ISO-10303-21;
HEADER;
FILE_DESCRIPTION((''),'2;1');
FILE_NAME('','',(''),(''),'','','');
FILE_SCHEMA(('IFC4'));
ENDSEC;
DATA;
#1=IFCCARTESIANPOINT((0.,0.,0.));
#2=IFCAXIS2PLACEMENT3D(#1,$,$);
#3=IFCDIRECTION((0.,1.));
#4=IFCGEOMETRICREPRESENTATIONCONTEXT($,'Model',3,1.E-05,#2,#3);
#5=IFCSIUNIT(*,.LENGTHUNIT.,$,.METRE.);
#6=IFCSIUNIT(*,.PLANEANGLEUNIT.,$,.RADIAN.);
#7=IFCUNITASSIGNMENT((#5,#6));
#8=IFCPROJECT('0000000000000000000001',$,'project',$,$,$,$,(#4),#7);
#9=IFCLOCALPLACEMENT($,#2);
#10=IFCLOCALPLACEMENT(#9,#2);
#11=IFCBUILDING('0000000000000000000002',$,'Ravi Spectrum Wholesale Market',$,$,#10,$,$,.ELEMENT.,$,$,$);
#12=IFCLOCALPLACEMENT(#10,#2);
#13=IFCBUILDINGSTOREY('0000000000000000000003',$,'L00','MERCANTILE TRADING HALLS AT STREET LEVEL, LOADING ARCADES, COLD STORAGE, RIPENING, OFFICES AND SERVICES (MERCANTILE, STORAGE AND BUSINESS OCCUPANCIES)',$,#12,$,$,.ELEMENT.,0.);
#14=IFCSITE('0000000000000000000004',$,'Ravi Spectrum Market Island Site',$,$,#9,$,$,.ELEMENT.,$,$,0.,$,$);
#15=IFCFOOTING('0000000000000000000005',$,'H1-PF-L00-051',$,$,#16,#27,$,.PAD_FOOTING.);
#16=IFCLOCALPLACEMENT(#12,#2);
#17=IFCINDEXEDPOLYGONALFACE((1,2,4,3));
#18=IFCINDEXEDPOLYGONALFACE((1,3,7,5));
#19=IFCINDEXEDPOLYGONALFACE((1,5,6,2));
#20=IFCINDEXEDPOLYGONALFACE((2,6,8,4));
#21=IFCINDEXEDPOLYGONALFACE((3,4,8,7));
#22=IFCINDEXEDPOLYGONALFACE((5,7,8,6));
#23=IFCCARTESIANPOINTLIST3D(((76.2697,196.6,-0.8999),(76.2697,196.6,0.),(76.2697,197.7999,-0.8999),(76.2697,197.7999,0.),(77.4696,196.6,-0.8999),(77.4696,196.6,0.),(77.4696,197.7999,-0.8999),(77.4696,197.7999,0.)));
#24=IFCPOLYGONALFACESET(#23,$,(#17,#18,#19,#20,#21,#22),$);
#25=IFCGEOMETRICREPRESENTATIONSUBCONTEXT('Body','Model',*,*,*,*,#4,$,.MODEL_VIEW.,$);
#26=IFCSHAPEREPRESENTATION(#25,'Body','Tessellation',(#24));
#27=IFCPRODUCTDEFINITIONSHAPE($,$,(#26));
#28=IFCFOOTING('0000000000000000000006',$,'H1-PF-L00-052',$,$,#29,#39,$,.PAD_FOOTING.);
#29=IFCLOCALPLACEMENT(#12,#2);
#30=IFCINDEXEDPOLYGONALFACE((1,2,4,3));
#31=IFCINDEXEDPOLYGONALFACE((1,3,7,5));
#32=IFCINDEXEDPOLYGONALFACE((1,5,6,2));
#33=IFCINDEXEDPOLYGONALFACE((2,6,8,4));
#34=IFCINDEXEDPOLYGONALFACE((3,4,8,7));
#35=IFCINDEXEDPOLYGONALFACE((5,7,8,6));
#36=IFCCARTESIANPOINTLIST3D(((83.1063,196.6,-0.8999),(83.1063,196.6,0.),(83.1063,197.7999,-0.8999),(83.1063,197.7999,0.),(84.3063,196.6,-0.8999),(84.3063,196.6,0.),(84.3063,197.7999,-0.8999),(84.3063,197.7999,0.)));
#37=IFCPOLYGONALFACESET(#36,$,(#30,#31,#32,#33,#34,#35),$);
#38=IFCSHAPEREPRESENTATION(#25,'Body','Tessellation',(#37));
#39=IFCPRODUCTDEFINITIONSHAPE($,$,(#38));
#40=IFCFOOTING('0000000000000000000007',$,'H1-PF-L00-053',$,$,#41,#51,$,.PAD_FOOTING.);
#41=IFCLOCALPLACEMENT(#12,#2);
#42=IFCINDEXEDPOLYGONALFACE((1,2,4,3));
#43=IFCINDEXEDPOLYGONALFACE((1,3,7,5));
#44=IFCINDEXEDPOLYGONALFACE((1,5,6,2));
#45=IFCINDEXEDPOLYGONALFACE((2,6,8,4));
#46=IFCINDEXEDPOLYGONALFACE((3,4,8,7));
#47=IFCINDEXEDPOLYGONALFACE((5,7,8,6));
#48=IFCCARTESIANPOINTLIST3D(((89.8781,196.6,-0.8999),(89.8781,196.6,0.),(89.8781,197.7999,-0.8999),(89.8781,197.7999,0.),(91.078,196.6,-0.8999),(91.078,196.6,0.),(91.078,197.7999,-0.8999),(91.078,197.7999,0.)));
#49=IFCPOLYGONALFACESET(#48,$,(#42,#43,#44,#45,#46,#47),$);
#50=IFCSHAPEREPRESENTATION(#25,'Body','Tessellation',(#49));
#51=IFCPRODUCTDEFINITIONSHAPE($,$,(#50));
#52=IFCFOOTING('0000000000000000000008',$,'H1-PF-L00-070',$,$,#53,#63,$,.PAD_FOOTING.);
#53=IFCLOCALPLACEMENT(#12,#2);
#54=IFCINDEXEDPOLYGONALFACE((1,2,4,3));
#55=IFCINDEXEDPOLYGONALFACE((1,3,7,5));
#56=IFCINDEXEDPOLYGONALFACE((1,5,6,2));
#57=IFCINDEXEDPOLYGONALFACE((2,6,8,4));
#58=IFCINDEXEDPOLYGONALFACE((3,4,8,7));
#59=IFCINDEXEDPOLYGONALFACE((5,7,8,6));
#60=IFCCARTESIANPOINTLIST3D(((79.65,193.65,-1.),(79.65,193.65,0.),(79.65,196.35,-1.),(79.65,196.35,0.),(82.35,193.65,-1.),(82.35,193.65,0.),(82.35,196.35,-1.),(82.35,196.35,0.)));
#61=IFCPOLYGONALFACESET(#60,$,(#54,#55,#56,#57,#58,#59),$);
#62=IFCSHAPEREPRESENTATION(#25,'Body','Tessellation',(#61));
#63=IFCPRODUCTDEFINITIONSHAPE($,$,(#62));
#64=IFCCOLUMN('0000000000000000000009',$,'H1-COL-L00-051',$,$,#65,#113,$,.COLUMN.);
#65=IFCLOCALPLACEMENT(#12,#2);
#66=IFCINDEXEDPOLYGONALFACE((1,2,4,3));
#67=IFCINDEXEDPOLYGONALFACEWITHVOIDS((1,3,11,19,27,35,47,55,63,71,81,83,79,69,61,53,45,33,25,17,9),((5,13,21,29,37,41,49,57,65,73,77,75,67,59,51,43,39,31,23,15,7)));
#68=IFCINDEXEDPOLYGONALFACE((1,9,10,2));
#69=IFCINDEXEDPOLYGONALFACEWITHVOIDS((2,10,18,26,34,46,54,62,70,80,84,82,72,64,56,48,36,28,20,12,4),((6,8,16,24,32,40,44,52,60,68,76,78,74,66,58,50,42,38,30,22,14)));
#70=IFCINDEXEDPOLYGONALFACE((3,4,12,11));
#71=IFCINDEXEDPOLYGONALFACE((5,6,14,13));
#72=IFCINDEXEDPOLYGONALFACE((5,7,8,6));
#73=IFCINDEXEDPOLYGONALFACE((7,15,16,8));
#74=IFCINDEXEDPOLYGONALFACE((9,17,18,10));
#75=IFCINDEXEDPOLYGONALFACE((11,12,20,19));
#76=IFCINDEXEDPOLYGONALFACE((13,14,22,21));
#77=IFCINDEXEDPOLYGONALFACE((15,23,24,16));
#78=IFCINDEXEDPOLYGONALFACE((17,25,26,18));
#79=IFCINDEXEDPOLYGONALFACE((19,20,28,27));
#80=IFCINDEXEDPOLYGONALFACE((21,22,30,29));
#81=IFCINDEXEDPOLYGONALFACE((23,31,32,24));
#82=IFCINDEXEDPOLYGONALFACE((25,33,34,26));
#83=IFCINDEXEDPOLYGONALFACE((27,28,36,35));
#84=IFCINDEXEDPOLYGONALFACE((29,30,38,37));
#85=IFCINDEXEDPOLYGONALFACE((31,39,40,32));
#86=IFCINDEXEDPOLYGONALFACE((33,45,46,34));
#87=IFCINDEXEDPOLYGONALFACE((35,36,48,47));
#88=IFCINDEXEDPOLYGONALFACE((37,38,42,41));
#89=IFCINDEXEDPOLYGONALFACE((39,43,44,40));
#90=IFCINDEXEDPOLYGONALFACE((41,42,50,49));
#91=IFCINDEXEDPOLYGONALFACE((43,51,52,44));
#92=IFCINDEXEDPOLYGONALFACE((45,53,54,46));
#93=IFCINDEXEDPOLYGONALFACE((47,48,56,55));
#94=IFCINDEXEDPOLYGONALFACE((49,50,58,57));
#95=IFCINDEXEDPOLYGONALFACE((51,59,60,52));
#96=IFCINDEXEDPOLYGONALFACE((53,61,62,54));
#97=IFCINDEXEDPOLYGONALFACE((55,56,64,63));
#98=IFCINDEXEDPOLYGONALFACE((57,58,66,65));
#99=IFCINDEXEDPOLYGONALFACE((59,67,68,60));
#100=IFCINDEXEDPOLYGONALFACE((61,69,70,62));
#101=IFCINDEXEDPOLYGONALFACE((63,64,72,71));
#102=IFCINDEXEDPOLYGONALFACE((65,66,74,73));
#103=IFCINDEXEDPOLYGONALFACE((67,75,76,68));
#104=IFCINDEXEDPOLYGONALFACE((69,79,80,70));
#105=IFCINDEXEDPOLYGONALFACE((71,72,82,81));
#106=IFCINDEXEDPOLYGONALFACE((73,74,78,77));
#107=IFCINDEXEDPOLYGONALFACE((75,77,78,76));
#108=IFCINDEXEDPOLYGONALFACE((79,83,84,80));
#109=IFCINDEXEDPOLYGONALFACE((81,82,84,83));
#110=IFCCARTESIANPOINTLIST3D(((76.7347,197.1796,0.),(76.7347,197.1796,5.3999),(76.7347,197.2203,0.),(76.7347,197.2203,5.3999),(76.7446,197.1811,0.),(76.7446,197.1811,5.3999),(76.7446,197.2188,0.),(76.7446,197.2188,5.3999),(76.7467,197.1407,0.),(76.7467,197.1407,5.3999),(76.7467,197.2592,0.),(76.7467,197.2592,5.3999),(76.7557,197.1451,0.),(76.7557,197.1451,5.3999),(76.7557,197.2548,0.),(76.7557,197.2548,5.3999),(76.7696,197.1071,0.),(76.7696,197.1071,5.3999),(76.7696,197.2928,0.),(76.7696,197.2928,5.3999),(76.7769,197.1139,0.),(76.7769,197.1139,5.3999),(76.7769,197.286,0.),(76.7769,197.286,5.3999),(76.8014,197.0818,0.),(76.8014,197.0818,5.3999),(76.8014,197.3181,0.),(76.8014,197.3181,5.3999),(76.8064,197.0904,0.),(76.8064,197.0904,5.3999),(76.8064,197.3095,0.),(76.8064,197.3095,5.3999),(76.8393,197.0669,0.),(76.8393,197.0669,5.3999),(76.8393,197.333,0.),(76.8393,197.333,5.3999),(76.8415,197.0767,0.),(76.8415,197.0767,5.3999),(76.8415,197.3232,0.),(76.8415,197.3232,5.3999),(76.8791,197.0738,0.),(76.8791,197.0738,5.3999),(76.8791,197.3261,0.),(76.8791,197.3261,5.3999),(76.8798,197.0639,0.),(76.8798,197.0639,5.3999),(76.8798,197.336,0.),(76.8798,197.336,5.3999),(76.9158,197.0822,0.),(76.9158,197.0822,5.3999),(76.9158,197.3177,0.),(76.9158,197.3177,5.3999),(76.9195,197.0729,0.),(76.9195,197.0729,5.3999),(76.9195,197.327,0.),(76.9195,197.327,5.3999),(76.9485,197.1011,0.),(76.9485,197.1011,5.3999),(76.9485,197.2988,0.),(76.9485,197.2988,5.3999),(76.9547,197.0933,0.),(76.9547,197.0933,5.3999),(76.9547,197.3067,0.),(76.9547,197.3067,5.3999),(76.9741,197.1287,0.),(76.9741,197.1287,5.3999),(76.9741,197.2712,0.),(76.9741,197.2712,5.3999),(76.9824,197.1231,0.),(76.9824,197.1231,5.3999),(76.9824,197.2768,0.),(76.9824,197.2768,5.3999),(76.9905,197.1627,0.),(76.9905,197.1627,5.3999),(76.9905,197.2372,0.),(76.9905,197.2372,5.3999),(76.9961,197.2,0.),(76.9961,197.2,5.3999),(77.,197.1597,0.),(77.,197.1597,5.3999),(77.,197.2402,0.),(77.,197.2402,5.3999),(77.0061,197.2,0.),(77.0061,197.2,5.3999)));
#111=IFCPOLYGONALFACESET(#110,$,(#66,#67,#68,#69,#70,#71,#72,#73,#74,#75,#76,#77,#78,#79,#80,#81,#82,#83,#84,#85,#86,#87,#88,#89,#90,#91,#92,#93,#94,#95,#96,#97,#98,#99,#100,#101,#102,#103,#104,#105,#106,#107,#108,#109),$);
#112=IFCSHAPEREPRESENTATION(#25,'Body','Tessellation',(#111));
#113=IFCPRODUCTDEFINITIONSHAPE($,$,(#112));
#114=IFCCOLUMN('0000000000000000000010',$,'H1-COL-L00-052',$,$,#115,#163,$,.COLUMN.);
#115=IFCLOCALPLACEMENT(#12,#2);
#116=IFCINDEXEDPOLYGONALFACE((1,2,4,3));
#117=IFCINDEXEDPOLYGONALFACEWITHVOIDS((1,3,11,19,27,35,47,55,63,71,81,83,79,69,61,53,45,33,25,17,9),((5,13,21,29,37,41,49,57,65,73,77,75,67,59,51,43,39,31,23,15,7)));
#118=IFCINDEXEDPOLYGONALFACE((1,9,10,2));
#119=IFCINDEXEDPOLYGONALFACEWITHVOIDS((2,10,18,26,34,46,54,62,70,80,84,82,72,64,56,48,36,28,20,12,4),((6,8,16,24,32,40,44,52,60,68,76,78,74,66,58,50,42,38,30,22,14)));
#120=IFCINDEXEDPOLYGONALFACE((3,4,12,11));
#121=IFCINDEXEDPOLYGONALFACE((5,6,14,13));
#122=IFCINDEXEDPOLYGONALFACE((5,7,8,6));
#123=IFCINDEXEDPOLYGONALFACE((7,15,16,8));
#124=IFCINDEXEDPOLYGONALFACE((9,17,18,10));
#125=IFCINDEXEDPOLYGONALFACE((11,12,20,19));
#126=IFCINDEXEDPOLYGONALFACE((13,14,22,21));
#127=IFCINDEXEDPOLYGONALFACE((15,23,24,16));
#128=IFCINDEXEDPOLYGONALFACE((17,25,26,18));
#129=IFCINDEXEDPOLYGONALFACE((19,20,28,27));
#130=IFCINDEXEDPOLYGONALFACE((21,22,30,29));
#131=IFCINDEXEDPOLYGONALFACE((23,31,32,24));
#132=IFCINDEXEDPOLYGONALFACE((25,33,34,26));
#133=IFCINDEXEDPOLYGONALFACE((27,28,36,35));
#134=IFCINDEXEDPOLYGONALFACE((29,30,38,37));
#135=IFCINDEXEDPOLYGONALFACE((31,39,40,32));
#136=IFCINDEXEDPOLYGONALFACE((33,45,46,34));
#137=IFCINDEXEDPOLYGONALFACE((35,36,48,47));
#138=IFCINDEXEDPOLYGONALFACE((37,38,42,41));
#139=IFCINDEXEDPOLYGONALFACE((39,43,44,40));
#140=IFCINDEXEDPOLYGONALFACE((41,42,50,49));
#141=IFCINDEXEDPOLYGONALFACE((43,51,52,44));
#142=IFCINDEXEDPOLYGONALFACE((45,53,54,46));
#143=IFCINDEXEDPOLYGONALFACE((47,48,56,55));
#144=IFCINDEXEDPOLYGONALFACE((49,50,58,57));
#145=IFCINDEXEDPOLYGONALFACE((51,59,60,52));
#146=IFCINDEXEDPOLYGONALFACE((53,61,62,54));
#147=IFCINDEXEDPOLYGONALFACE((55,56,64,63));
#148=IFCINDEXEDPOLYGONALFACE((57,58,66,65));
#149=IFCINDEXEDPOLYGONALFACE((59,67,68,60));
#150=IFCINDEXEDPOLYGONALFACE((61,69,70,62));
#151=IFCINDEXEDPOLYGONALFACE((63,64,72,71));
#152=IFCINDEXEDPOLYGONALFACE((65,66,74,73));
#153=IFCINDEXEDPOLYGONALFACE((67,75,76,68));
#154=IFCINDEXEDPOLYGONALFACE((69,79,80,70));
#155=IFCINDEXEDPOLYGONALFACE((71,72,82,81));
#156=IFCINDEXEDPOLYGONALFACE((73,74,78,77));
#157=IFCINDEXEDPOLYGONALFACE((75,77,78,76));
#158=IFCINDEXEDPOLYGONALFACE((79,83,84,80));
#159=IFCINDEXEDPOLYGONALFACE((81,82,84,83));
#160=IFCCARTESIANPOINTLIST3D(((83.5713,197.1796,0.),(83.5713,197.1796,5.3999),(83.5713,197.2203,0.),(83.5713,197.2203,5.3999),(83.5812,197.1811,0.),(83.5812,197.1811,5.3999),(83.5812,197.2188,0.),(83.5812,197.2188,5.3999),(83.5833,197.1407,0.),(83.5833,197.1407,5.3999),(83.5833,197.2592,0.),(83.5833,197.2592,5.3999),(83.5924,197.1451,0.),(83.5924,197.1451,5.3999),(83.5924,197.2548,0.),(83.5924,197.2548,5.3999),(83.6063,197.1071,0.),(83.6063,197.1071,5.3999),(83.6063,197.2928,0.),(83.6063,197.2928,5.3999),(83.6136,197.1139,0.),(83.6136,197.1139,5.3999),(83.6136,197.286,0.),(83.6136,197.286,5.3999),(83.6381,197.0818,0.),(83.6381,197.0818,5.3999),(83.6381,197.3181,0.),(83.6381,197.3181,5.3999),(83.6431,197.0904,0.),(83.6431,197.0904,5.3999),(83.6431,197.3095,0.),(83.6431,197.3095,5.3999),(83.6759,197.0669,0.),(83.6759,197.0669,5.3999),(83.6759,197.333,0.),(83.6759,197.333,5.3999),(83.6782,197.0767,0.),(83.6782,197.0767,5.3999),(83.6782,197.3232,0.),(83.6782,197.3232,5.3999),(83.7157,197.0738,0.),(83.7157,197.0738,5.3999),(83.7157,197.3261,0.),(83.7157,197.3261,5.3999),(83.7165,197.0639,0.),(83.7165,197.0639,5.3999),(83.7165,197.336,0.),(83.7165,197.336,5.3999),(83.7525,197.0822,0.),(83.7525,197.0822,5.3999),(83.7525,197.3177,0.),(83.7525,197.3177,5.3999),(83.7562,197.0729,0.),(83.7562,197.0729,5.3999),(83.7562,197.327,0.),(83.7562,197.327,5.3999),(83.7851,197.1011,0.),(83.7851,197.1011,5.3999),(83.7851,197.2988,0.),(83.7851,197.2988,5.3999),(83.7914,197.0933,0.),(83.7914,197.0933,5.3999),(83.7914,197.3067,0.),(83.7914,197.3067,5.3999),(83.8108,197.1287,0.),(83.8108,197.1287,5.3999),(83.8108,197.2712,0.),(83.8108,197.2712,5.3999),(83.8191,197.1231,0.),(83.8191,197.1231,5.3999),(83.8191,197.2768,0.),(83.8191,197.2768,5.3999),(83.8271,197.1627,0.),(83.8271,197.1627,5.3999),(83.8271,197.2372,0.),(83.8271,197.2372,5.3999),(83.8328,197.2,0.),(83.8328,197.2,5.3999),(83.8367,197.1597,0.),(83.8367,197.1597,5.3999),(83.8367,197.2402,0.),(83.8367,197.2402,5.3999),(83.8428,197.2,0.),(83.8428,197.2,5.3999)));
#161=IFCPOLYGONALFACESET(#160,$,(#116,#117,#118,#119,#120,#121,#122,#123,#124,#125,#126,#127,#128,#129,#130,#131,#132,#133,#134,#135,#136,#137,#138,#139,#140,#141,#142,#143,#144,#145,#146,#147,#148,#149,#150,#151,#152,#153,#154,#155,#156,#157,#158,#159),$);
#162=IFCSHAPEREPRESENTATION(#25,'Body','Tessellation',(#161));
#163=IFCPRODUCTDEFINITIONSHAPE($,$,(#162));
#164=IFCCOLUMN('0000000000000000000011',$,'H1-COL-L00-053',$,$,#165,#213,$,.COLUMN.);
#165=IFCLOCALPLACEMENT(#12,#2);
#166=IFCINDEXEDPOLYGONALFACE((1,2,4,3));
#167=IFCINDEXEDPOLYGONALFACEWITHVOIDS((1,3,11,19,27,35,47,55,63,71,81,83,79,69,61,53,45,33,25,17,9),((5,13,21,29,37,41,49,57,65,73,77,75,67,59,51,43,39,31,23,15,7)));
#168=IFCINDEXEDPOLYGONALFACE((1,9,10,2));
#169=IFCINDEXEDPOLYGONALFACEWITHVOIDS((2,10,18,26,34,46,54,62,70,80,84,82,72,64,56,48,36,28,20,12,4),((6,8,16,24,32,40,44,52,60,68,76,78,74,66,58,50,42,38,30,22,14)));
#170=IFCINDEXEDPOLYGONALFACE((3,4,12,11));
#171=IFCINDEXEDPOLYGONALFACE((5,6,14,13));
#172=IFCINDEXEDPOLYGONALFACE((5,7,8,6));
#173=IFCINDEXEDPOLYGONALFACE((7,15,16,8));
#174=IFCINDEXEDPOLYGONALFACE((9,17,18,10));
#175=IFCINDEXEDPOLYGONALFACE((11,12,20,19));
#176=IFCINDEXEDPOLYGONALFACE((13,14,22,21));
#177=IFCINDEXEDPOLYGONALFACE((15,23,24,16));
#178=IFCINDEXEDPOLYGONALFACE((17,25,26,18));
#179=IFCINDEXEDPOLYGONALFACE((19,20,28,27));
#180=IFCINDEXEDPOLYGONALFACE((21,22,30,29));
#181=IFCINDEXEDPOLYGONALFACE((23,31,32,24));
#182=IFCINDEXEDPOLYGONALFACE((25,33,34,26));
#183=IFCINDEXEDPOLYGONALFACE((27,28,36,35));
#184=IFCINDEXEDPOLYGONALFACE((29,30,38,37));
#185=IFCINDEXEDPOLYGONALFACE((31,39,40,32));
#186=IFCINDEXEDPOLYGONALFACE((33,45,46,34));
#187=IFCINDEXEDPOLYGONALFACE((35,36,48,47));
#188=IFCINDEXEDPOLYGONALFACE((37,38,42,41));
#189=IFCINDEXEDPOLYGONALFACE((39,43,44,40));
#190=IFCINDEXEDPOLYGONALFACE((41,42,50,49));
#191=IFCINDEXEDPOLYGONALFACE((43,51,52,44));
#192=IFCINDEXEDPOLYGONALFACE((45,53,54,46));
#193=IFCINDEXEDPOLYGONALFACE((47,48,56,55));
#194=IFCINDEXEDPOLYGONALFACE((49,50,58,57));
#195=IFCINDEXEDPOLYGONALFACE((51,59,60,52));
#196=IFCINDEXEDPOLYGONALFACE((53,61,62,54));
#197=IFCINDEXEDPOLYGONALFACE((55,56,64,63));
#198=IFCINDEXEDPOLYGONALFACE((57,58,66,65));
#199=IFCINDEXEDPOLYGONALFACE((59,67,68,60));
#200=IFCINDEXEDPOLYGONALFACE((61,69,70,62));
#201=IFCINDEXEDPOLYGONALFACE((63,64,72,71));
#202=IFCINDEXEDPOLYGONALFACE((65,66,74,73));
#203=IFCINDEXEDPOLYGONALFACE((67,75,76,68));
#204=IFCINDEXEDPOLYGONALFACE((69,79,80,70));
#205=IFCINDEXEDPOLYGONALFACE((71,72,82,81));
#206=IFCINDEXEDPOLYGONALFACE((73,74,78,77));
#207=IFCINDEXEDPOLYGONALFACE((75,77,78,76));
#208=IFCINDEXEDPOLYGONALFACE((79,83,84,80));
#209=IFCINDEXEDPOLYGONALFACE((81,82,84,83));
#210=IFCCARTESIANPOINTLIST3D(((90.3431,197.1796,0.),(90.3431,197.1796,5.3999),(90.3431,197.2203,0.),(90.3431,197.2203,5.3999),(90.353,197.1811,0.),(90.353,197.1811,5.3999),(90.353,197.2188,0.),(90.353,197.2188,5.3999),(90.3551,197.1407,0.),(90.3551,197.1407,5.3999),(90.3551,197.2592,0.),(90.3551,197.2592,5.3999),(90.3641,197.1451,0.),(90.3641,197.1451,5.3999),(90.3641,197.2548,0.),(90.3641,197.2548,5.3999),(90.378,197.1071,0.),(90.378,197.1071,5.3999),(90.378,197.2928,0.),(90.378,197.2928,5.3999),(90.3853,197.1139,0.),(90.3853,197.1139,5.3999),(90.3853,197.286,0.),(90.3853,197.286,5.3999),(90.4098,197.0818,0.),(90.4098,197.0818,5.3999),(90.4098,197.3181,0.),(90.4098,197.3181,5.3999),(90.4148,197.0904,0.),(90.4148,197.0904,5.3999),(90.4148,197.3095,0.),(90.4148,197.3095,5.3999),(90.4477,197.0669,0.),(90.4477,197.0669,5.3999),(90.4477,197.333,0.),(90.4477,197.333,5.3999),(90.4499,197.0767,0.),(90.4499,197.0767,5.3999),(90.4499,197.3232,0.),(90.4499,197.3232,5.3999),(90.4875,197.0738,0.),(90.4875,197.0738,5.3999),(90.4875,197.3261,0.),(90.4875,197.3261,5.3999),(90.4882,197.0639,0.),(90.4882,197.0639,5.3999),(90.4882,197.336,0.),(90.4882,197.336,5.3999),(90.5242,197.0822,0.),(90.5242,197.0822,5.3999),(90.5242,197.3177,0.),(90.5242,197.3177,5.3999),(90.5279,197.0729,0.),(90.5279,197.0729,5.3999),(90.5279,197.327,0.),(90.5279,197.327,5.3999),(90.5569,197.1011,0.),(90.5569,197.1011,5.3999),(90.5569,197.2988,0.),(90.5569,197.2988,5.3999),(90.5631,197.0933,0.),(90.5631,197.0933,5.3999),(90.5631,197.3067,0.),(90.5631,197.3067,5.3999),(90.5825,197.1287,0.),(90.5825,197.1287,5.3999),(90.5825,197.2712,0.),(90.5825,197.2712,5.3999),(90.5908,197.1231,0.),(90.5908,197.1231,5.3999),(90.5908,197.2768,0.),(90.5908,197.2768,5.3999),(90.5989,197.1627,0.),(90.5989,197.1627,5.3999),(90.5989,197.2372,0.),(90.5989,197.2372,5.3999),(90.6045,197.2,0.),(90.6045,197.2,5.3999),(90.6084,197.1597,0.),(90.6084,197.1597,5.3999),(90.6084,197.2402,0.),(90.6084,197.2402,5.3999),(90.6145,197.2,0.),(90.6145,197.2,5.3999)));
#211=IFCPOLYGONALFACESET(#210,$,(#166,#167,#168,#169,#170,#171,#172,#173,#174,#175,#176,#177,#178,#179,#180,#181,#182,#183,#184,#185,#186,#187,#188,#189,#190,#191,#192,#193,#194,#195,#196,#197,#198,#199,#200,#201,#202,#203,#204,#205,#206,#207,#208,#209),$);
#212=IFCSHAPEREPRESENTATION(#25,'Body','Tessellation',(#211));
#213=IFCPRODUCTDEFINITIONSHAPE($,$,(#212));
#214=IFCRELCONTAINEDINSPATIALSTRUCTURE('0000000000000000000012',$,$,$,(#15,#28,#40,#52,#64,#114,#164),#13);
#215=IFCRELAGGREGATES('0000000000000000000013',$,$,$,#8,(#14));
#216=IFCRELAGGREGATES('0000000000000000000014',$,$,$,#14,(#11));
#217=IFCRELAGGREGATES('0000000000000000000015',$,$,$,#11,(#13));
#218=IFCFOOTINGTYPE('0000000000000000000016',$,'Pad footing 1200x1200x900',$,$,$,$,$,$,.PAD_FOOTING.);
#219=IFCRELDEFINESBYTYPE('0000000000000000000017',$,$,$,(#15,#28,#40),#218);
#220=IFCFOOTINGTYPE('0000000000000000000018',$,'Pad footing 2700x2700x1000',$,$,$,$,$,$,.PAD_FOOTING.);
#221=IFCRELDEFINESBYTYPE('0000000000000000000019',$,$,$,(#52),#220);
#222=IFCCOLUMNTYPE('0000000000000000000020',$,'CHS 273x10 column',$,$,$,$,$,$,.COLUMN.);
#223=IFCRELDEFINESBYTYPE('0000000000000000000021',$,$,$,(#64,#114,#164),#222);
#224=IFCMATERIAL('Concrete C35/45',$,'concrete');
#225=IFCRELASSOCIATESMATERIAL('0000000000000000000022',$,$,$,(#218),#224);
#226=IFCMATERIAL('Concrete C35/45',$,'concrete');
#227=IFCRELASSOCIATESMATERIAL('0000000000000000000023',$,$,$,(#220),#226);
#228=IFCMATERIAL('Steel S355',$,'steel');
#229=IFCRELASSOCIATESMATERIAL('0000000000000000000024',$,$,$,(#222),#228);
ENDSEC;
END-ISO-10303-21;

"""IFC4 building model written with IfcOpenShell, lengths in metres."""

from ifc_helpers import new_model, si_unit, direction, frame, origin, origin_2d, place, context, subcontext, project, spatial, rectangle, hollow_circle, extrude, material, material_profile, profile_set, type_object, element, save


model = new_model("IFC4")

# Units and contexts
model_context = context("Model", 3, precision=1e-05, world=origin(), true_north=direction((0.0, 1.0)))
body_context = subcontext(model_context, "Body", "Model", "MODEL_VIEW")
ifc_project = project(units=[si_unit("LENGTHUNIT", "METRE"), si_unit("PLANEANGLEUNIT", "RADIAN")], contexts=[model_context])

# Site, building, storey
site_placement = place(None, origin())
site = spatial("IfcSite", under=ifc_project, at=site_placement, Name="Ravi Spectrum Market Island Site", CompositionType="ELEMENT", RefElevation=0.0)
building_placement = place(site_placement, origin())
building = spatial("IfcBuilding", under=site, at=building_placement, Name="Ravi Spectrum Wholesale Market", CompositionType="ELEMENT")
storey_placement = place(building_placement, origin())
storey = spatial("IfcBuildingStorey", under=building, at=storey_placement, Name="L00", Description="MERCANTILE TRADING HALLS AT STREET LEVEL, LOADING ARCADES, COLD STORAGE, RIPENING, OFFICES AND SERVICES (MERCANTILE, STORAGE AND BUSINESS OCCUPANCIES)", CompositionType="ELEMENT", Elevation=0.0)

# Footings
ifc_material_1 = material(Name="Concrete C35/45", Category="concrete")
footing_type_1 = type_object("IfcFootingType", Name="Pad footing 1200x1200x900", PredefinedType="PAD_FOOTING", material=ifc_material_1)
for number, where, z_axis, x_axis, name in (
    (1, (76.8696, 197.2, -0.8999), (0.0, 0.0, 1.0), (1.0, 0.0, 0.0), "H1-PF-L00-051"),
    (2, (83.7063, 197.2, -0.8999), (0.0, 0.0, 1.0), (1.0, 0.0, 0.0), "H1-PF-L00-052"),
    (3, (90.478, 197.2, -0.8999), (0.0, 0.0, 1.0), (1.0, 0.0, 0.0), "H1-PF-L00-053"),
):
    element("IfcFooting", number, at=place(storey_placement, frame(where, z_axis=z_axis, x_axis=x_axis)), inside=storey, type_object=footing_type_1, Name=name, PredefinedType="PAD_FOOTING", context=body_context, shape_type="SweptSolid", body=[
        extrude(rectangle(XDim=1.2, YDim=1.2, at=origin_2d()), origin(), (0.0, 0.0, 1.0), 0.8999),
    ])
ifc_material_2 = material(Name="Concrete C35/45", Category="concrete")
footing_type_2 = type_object("IfcFootingType", Name="Pad footing 2700x2700x1000", PredefinedType="PAD_FOOTING", material=ifc_material_2)
footing_placement = place(storey_placement, frame((81.0, 195.0, -1.0), z_axis=(0.0, 0.0, 1.0), x_axis=(1.0, 0.0, 0.0)))
element("IfcFooting", 4, at=footing_placement, inside=storey, type_object=footing_type_2, Name="H1-PF-L00-070", PredefinedType="PAD_FOOTING", context=body_context, shape_type="SweptSolid", body=[
    extrude(rectangle(XDim=2.7, YDim=2.7, at=origin_2d()), origin(), (0.0, 0.0, 1.0), 1.0),
])

# Columns
ifc_material_3 = material(Name="Steel S355", Category="steel")
ifc_material_profile_1 = material_profile(ifc_material_3, hollow_circle(Radius=0.1365, WallThickness=0.01, at=origin_2d()))
ifc_profile_set_1 = profile_set([ifc_material_profile_1], Name="Steel S355")
column_type_1 = type_object("IfcColumnType", Name="CHS 273x10 column", PredefinedType="COLUMN", material=ifc_profile_set_1)
for number, where, z_axis, x_axis, name in (
    (5, (76.8696, 197.2, 0.0), (0.0, 0.0, 1.0), (1.0, 0.0, 0.0), "H1-COL-L00-051"),
    (6, (83.7063, 197.2, 0.0), (0.0, 0.0, 1.0), (1.0, 0.0, 0.0), "H1-COL-L00-052"),
    (7, (90.478, 197.2, 0.0), (0.0, 0.0, 1.0), (1.0, 0.0, 0.0), "H1-COL-L00-053"),
):
    element("IfcColumn", number, at=place(storey_placement, frame(where, z_axis=z_axis, x_axis=x_axis)), inside=storey, type_object=column_type_1, Name=name, PredefinedType="COLUMN", context=body_context, shape_type="SweptSolid", body=[
        extrude(hollow_circle(Radius=0.1365, WallThickness=0.01, at=origin_2d()), origin(), (0.0, 0.0, 1.0), 5.3999),
    ])

save(model, "model.ifc")
